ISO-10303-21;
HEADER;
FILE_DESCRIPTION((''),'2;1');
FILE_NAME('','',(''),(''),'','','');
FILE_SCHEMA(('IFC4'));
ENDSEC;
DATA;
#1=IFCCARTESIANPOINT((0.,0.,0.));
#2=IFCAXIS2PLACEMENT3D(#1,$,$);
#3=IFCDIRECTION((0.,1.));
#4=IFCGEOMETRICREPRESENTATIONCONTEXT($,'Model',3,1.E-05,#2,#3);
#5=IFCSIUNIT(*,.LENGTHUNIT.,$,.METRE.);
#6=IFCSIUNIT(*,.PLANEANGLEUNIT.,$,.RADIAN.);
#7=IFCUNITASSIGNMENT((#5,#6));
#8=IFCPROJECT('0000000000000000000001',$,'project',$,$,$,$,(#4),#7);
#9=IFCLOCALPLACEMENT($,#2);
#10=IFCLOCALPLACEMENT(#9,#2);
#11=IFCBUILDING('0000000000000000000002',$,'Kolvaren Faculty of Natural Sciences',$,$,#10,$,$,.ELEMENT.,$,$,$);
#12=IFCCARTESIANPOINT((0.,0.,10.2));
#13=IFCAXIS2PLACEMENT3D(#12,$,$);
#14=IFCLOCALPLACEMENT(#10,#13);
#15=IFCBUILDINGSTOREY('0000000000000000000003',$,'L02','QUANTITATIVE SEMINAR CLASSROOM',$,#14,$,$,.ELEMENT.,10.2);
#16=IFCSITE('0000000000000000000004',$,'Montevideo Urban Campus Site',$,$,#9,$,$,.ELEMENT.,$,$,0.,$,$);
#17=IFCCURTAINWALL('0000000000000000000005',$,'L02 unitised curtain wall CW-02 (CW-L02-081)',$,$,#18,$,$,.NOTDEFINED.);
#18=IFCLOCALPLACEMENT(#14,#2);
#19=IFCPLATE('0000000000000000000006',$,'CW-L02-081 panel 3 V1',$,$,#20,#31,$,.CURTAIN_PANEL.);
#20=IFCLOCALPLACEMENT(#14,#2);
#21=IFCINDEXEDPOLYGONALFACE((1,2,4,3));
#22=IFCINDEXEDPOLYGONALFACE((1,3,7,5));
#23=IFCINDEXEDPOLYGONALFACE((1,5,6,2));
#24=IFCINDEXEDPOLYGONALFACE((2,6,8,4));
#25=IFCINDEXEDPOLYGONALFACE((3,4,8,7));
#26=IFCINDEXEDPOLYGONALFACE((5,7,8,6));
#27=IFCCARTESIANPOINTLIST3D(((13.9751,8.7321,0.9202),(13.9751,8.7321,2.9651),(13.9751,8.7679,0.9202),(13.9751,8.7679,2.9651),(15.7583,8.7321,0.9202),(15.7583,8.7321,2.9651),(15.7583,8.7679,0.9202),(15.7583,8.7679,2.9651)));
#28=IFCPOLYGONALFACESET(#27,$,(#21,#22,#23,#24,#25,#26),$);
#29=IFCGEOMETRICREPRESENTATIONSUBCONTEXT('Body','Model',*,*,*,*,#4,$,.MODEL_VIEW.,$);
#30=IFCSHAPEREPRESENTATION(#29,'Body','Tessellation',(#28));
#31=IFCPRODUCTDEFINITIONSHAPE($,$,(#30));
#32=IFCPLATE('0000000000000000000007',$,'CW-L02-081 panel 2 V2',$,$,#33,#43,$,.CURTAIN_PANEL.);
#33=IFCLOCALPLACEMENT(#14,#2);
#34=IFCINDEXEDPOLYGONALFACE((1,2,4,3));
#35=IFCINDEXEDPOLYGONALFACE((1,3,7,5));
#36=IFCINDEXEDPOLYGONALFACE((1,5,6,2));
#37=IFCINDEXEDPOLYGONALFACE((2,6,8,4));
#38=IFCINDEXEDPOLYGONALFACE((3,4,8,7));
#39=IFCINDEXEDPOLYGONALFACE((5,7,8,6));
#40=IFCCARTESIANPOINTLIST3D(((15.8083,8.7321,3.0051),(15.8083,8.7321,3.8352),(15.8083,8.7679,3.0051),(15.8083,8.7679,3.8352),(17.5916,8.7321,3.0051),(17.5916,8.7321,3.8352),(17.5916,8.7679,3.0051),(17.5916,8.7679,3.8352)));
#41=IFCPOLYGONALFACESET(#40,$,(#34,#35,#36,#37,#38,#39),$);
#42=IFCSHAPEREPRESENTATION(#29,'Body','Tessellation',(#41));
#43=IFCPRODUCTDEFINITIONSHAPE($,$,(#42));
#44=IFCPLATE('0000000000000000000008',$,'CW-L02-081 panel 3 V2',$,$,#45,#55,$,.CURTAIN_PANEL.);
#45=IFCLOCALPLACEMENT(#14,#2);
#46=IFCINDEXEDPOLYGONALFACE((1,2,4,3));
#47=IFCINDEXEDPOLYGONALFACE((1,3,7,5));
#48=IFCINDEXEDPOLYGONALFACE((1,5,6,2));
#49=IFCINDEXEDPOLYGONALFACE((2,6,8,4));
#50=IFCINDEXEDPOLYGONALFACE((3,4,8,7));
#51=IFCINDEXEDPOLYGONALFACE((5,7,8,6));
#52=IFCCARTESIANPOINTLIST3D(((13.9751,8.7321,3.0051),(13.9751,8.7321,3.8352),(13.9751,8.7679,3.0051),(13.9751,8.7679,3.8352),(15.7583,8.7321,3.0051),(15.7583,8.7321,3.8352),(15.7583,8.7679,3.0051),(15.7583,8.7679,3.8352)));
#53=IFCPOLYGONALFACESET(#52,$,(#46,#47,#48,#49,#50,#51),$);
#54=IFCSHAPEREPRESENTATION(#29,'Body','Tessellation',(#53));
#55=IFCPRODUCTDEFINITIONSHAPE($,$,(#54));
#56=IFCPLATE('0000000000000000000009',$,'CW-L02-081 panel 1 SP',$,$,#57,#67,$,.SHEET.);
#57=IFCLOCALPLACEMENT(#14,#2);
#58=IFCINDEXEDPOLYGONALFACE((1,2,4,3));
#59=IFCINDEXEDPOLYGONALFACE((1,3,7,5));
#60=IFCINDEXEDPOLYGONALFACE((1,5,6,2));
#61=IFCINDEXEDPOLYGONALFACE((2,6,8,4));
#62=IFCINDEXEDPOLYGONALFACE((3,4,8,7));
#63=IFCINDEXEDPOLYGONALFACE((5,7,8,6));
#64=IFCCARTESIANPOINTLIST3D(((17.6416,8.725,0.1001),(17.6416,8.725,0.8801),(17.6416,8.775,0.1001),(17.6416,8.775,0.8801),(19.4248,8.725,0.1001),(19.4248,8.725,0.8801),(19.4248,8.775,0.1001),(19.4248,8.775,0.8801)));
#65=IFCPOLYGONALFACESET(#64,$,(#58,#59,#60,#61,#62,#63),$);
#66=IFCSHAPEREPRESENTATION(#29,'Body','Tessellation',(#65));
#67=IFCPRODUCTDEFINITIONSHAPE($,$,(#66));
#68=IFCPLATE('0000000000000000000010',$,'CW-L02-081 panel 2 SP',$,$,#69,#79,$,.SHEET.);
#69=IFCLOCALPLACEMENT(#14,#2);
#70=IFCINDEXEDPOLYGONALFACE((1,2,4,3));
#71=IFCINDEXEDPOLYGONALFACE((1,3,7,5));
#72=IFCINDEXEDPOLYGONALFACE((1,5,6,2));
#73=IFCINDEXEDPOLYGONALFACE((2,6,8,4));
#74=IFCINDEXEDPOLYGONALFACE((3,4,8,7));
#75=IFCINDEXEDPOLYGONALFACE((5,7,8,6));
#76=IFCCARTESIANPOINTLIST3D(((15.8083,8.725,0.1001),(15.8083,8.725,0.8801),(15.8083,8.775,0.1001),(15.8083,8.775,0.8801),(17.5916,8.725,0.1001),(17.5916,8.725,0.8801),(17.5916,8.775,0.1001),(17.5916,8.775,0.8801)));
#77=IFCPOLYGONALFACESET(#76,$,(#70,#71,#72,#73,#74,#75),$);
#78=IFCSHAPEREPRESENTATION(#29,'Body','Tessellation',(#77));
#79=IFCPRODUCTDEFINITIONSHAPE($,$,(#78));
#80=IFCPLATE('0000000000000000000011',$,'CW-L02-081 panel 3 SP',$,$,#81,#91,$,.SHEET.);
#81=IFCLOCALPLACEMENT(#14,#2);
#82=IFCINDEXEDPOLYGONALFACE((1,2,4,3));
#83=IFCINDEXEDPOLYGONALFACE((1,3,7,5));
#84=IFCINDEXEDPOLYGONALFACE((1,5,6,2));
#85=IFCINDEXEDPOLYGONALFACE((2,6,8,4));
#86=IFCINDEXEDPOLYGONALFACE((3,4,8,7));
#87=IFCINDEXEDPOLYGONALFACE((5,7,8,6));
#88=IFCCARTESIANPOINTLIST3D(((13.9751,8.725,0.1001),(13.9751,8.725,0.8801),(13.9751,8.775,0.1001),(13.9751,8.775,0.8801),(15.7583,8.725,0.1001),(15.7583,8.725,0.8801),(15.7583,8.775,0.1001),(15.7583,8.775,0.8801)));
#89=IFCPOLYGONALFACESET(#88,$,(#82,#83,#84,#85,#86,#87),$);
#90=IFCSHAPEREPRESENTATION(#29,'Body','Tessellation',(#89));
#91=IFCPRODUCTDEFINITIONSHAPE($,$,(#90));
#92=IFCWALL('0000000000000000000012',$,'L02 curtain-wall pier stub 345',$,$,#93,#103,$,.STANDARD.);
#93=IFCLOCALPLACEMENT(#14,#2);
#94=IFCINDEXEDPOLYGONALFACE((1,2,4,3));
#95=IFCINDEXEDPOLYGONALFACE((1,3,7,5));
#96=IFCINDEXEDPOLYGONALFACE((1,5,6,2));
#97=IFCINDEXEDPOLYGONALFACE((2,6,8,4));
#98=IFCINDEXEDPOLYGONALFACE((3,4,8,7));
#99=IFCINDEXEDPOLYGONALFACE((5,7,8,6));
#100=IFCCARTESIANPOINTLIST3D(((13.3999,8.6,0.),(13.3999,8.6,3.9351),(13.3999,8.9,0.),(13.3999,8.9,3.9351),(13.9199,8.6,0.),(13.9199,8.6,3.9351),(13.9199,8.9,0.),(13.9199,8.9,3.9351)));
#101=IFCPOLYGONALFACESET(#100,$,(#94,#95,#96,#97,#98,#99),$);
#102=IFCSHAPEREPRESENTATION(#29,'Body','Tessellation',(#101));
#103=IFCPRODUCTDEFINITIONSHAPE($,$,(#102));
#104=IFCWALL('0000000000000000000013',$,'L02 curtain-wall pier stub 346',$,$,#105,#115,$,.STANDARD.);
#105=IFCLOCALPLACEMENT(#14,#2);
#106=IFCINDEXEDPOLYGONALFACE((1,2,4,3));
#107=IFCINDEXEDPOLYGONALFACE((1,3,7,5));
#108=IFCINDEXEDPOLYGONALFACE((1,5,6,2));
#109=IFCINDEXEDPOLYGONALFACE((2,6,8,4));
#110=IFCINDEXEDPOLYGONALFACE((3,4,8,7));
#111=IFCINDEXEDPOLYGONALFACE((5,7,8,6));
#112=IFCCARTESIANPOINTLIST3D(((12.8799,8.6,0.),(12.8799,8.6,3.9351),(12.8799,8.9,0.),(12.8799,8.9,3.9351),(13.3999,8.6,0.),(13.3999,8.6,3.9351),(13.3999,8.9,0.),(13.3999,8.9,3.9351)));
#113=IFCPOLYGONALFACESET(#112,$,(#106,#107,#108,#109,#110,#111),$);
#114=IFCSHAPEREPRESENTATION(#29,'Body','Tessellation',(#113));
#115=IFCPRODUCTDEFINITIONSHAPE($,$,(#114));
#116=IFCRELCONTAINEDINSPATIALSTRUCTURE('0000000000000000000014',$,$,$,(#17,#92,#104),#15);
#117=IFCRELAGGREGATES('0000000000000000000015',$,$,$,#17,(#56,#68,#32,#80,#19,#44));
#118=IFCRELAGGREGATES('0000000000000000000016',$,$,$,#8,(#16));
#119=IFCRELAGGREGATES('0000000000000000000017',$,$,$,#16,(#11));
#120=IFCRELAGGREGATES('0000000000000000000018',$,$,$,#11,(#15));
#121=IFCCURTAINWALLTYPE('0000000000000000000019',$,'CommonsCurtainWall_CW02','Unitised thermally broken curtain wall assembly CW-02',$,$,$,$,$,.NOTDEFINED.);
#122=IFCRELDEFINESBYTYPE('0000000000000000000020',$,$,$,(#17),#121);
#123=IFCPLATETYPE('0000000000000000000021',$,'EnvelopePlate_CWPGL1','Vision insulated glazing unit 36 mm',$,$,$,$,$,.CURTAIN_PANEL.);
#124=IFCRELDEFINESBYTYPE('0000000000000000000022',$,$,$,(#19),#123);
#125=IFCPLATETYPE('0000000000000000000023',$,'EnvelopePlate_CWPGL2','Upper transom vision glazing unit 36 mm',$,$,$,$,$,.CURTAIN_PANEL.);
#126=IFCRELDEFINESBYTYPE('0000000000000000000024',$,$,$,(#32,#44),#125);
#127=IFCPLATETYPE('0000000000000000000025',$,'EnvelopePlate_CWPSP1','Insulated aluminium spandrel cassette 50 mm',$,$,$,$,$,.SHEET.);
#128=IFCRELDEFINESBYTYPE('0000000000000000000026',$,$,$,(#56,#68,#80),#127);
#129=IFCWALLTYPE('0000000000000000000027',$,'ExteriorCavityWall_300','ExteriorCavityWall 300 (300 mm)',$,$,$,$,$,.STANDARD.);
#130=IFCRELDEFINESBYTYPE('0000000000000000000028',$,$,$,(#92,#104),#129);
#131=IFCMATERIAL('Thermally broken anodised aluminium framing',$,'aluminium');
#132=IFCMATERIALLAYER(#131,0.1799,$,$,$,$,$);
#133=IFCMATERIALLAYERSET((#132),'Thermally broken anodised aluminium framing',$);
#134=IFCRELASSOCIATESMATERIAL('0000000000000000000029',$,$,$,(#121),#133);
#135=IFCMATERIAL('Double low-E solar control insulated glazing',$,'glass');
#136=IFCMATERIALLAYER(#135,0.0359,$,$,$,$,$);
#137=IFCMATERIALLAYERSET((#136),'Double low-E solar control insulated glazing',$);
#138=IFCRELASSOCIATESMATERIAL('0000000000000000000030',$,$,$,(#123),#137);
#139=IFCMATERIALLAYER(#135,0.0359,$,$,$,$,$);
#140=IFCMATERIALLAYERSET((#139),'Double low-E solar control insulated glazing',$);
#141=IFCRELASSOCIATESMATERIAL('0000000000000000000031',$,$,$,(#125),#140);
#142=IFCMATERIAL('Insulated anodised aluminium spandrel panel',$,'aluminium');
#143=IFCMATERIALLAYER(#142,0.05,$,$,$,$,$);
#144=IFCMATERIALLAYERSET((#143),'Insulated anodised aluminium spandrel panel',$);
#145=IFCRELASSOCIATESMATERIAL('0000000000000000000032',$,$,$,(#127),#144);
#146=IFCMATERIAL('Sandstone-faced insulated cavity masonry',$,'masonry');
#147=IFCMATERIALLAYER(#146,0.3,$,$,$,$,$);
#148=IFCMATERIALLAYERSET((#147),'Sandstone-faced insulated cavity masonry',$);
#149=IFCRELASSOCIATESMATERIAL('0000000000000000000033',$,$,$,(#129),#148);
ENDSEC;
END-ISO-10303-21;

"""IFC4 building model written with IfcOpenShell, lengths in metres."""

from ifc_helpers import new_model, si_unit, direction, frame, frame_2d, origin, origin_2d, place, context, subcontext, project, spatial, rectangle, extrude, material, layer, layer_set, type_object, element, aggregate, save


model = new_model("IFC4")

# Units and contexts
model_context = context("Model", 3, precision=1e-05, world=origin(), true_north=direction((0.0, 1.0)))
body_context = subcontext(model_context, "Body", "Model", "MODEL_VIEW")
ifc_project = project(units=[si_unit("LENGTHUNIT", "METRE"), si_unit("PLANEANGLEUNIT", "RADIAN")], contexts=[model_context])

# Site, building, storey
site_placement = place(None, origin())
site = spatial("IfcSite", under=ifc_project, at=site_placement, Name="Montevideo Urban Campus Site", CompositionType="ELEMENT", RefElevation=0.0)
building_placement = place(site_placement, origin())
building = spatial("IfcBuilding", under=site, at=building_placement, Name="Kolvaren Faculty of Natural Sciences", CompositionType="ELEMENT")
storey_placement = place(building_placement, frame((0.0, 0.0, 10.2)))
storey = spatial("IfcBuildingStorey", under=building, at=storey_placement, Name="L02", Description="QUANTITATIVE SEMINAR CLASSROOM", CompositionType="ELEMENT", Elevation=10.2)

# Curtain wall
ifc_material_1 = material(Name="Thermally broken anodised aluminium framing", Category="aluminium")
ifc_layer_1 = layer(ifc_material_1, 0.1799)
ifc_layer_set_1 = layer_set([ifc_layer_1], Name="Thermally broken anodised aluminium framing")
curtain_wall_type = type_object("IfcCurtainWallType", Name="CommonsCurtainWall_CW02", Description="Unitised thermally broken curtain wall assembly CW-02", PredefinedType="NOTDEFINED", material=ifc_layer_set_1)
curtain_wall_1_placement = place(storey_placement, origin())
curtain_wall_1 = element("IfcCurtainWall", 1, at=curtain_wall_1_placement, inside=storey, type_object=curtain_wall_type, Name="L02 unitised curtain wall CW-02 (CW-L02-081)", PredefinedType="NOTDEFINED")

# Plates
ifc_material_2 = material(Name="Double low-E solar control insulated glazing", Category="glass")
ifc_layer_2 = layer(ifc_material_2, 0.0359)
ifc_layer_set_2 = layer_set([ifc_layer_2], Name="Double low-E solar control insulated glazing")
plate_type_1 = type_object("IfcPlateType", Name="EnvelopePlate_CWPGL1", Description="Vision insulated glazing unit 36 mm", PredefinedType="CURTAIN_PANEL", material=ifc_layer_set_2)
plate_1_placement = place(storey_placement, frame((14.8667, 8.75, 0.9202), z_axis=(0.0, 0.0, 1.0), x_axis=(-1.0, 0.0, 0.0)))
plate_1 = element("IfcPlate", 2, at=plate_1_placement, type_object=plate_type_1, Name="CW-L02-081 panel 3 V1", PredefinedType="CURTAIN_PANEL", context=body_context, shape_type="SweptSolid", body=[
    extrude(rectangle(XDim=1.7832, YDim=0.0359, at=origin_2d()), origin(), (0.0, 0.0, 1.0), 2.0449),
])
ifc_layer_3 = layer(ifc_material_2, 0.0359)
ifc_layer_set_3 = layer_set([ifc_layer_3], Name="Double low-E solar control insulated glazing")
plate_type_2 = type_object("IfcPlateType", Name="EnvelopePlate_CWPGL2", Description="Upper transom vision glazing unit 36 mm", PredefinedType="CURTAIN_PANEL", material=ifc_layer_set_3)
plate_2_placement = place(storey_placement, frame((16.7, 8.75, 3.0051), z_axis=(0.0, 0.0, 1.0), x_axis=(-1.0, 0.0, 0.0)))
plate_2 = element("IfcPlate", 3, at=plate_2_placement, type_object=plate_type_2, Name="CW-L02-081 panel 2 V2", PredefinedType="CURTAIN_PANEL", context=body_context, shape_type="SweptSolid", body=[
    extrude(rectangle(XDim=1.7832, YDim=0.0359, at=origin_2d()), origin(), (0.0, 0.0, 1.0), 0.8301),
])
plate_3_placement = place(storey_placement, frame((14.8667, 8.75, 3.0051), z_axis=(0.0, 0.0, 1.0), x_axis=(-1.0, 0.0, 0.0)))
plate_3 = element("IfcPlate", 4, at=plate_3_placement, type_object=plate_type_2, Name="CW-L02-081 panel 3 V2", PredefinedType="CURTAIN_PANEL", context=body_context, shape_type="SweptSolid", body=[
    extrude(rectangle(XDim=1.7832, YDim=0.0359, at=origin_2d()), origin(), (0.0, 0.0, 1.0), 0.8301),
])
ifc_material_3 = material(Name="Insulated anodised aluminium spandrel panel", Category="aluminium")
ifc_layer_4 = layer(ifc_material_3, 0.05)
ifc_layer_set_4 = layer_set([ifc_layer_4], Name="Insulated anodised aluminium spandrel panel")
plate_type_3 = type_object("IfcPlateType", Name="EnvelopePlate_CWPSP1", Description="Insulated aluminium spandrel cassette 50 mm", PredefinedType="SHEET", material=ifc_layer_set_4)
plate_4_placement = place(storey_placement, frame((18.5332, 8.75, 0.1001), z_axis=(0.0, 0.0, 1.0), x_axis=(-1.0, 0.0, 0.0)))
plate_4 = element("IfcPlate", 5, at=plate_4_placement, type_object=plate_type_3, Name="CW-L02-081 panel 1 SP", PredefinedType="SHEET", context=body_context, shape_type="SweptSolid", body=[
    extrude(rectangle(XDim=1.7832, YDim=0.05, at=origin_2d()), origin(), (0.0, 0.0, 1.0), 0.78),
])
plate_5_placement = place(storey_placement, frame((16.7, 8.75, 0.1001), z_axis=(0.0, 0.0, 1.0), x_axis=(-1.0, 0.0, 0.0)))
plate_5 = element("IfcPlate", 6, at=plate_5_placement, type_object=plate_type_3, Name="CW-L02-081 panel 2 SP", PredefinedType="SHEET", context=body_context, shape_type="SweptSolid", body=[
    extrude(rectangle(XDim=1.7832, YDim=0.05, at=origin_2d()), origin(), (0.0, 0.0, 1.0), 0.78),
])
plate_6_placement = place(storey_placement, frame((14.8667, 8.75, 0.1001), z_axis=(0.0, 0.0, 1.0), x_axis=(-1.0, 0.0, 0.0)))
plate_6 = element("IfcPlate", 7, at=plate_6_placement, type_object=plate_type_3, Name="CW-L02-081 panel 3 SP", PredefinedType="SHEET", context=body_context, shape_type="SweptSolid", body=[
    extrude(rectangle(XDim=1.7832, YDim=0.05, at=origin_2d()), origin(), (0.0, 0.0, 1.0), 0.78),
])
aggregate(curtain_wall_1, [plate_4, plate_5, plate_2, plate_6, plate_1, plate_3])

# Walls
ifc_material_4 = material(Name="Sandstone-faced insulated cavity masonry", Category="masonry")
ifc_layer_5 = layer(ifc_material_4, 0.3)
ifc_layer_set_5 = layer_set([ifc_layer_5], Name="Sandstone-faced insulated cavity masonry")
wall_type = type_object("IfcWallType", Name="ExteriorCavityWall_300", Description="ExteriorCavityWall 300 (300 mm)", PredefinedType="STANDARD", material=ifc_layer_set_5)
for number, where, z_axis, x_axis, name in (
    (8, (13.9199, 8.75, 0.0), (0.0, 0.0, 1.0), (-1.0, 0.0, 0.0), "L02 curtain-wall pier stub 345"),
    (9, (13.3999, 8.75, 0.0), (0.0, 0.0, 1.0), (-1.0, 0.0, 0.0), "L02 curtain-wall pier stub 346"),
):
    element("IfcWall", number, at=place(storey_placement, frame(where, z_axis=z_axis, x_axis=x_axis)), inside=storey, type_object=wall_type, Name=name, PredefinedType="STANDARD", context=body_context, shape_type="SweptSolid", body=[
        extrude(rectangle(XDim=0.52, YDim=0.3, at=frame_2d((0.26, 0.0))), origin(), (0.0, 0.0, 1.0), 3.9351),
    ])

save(model, "model.ifc")
